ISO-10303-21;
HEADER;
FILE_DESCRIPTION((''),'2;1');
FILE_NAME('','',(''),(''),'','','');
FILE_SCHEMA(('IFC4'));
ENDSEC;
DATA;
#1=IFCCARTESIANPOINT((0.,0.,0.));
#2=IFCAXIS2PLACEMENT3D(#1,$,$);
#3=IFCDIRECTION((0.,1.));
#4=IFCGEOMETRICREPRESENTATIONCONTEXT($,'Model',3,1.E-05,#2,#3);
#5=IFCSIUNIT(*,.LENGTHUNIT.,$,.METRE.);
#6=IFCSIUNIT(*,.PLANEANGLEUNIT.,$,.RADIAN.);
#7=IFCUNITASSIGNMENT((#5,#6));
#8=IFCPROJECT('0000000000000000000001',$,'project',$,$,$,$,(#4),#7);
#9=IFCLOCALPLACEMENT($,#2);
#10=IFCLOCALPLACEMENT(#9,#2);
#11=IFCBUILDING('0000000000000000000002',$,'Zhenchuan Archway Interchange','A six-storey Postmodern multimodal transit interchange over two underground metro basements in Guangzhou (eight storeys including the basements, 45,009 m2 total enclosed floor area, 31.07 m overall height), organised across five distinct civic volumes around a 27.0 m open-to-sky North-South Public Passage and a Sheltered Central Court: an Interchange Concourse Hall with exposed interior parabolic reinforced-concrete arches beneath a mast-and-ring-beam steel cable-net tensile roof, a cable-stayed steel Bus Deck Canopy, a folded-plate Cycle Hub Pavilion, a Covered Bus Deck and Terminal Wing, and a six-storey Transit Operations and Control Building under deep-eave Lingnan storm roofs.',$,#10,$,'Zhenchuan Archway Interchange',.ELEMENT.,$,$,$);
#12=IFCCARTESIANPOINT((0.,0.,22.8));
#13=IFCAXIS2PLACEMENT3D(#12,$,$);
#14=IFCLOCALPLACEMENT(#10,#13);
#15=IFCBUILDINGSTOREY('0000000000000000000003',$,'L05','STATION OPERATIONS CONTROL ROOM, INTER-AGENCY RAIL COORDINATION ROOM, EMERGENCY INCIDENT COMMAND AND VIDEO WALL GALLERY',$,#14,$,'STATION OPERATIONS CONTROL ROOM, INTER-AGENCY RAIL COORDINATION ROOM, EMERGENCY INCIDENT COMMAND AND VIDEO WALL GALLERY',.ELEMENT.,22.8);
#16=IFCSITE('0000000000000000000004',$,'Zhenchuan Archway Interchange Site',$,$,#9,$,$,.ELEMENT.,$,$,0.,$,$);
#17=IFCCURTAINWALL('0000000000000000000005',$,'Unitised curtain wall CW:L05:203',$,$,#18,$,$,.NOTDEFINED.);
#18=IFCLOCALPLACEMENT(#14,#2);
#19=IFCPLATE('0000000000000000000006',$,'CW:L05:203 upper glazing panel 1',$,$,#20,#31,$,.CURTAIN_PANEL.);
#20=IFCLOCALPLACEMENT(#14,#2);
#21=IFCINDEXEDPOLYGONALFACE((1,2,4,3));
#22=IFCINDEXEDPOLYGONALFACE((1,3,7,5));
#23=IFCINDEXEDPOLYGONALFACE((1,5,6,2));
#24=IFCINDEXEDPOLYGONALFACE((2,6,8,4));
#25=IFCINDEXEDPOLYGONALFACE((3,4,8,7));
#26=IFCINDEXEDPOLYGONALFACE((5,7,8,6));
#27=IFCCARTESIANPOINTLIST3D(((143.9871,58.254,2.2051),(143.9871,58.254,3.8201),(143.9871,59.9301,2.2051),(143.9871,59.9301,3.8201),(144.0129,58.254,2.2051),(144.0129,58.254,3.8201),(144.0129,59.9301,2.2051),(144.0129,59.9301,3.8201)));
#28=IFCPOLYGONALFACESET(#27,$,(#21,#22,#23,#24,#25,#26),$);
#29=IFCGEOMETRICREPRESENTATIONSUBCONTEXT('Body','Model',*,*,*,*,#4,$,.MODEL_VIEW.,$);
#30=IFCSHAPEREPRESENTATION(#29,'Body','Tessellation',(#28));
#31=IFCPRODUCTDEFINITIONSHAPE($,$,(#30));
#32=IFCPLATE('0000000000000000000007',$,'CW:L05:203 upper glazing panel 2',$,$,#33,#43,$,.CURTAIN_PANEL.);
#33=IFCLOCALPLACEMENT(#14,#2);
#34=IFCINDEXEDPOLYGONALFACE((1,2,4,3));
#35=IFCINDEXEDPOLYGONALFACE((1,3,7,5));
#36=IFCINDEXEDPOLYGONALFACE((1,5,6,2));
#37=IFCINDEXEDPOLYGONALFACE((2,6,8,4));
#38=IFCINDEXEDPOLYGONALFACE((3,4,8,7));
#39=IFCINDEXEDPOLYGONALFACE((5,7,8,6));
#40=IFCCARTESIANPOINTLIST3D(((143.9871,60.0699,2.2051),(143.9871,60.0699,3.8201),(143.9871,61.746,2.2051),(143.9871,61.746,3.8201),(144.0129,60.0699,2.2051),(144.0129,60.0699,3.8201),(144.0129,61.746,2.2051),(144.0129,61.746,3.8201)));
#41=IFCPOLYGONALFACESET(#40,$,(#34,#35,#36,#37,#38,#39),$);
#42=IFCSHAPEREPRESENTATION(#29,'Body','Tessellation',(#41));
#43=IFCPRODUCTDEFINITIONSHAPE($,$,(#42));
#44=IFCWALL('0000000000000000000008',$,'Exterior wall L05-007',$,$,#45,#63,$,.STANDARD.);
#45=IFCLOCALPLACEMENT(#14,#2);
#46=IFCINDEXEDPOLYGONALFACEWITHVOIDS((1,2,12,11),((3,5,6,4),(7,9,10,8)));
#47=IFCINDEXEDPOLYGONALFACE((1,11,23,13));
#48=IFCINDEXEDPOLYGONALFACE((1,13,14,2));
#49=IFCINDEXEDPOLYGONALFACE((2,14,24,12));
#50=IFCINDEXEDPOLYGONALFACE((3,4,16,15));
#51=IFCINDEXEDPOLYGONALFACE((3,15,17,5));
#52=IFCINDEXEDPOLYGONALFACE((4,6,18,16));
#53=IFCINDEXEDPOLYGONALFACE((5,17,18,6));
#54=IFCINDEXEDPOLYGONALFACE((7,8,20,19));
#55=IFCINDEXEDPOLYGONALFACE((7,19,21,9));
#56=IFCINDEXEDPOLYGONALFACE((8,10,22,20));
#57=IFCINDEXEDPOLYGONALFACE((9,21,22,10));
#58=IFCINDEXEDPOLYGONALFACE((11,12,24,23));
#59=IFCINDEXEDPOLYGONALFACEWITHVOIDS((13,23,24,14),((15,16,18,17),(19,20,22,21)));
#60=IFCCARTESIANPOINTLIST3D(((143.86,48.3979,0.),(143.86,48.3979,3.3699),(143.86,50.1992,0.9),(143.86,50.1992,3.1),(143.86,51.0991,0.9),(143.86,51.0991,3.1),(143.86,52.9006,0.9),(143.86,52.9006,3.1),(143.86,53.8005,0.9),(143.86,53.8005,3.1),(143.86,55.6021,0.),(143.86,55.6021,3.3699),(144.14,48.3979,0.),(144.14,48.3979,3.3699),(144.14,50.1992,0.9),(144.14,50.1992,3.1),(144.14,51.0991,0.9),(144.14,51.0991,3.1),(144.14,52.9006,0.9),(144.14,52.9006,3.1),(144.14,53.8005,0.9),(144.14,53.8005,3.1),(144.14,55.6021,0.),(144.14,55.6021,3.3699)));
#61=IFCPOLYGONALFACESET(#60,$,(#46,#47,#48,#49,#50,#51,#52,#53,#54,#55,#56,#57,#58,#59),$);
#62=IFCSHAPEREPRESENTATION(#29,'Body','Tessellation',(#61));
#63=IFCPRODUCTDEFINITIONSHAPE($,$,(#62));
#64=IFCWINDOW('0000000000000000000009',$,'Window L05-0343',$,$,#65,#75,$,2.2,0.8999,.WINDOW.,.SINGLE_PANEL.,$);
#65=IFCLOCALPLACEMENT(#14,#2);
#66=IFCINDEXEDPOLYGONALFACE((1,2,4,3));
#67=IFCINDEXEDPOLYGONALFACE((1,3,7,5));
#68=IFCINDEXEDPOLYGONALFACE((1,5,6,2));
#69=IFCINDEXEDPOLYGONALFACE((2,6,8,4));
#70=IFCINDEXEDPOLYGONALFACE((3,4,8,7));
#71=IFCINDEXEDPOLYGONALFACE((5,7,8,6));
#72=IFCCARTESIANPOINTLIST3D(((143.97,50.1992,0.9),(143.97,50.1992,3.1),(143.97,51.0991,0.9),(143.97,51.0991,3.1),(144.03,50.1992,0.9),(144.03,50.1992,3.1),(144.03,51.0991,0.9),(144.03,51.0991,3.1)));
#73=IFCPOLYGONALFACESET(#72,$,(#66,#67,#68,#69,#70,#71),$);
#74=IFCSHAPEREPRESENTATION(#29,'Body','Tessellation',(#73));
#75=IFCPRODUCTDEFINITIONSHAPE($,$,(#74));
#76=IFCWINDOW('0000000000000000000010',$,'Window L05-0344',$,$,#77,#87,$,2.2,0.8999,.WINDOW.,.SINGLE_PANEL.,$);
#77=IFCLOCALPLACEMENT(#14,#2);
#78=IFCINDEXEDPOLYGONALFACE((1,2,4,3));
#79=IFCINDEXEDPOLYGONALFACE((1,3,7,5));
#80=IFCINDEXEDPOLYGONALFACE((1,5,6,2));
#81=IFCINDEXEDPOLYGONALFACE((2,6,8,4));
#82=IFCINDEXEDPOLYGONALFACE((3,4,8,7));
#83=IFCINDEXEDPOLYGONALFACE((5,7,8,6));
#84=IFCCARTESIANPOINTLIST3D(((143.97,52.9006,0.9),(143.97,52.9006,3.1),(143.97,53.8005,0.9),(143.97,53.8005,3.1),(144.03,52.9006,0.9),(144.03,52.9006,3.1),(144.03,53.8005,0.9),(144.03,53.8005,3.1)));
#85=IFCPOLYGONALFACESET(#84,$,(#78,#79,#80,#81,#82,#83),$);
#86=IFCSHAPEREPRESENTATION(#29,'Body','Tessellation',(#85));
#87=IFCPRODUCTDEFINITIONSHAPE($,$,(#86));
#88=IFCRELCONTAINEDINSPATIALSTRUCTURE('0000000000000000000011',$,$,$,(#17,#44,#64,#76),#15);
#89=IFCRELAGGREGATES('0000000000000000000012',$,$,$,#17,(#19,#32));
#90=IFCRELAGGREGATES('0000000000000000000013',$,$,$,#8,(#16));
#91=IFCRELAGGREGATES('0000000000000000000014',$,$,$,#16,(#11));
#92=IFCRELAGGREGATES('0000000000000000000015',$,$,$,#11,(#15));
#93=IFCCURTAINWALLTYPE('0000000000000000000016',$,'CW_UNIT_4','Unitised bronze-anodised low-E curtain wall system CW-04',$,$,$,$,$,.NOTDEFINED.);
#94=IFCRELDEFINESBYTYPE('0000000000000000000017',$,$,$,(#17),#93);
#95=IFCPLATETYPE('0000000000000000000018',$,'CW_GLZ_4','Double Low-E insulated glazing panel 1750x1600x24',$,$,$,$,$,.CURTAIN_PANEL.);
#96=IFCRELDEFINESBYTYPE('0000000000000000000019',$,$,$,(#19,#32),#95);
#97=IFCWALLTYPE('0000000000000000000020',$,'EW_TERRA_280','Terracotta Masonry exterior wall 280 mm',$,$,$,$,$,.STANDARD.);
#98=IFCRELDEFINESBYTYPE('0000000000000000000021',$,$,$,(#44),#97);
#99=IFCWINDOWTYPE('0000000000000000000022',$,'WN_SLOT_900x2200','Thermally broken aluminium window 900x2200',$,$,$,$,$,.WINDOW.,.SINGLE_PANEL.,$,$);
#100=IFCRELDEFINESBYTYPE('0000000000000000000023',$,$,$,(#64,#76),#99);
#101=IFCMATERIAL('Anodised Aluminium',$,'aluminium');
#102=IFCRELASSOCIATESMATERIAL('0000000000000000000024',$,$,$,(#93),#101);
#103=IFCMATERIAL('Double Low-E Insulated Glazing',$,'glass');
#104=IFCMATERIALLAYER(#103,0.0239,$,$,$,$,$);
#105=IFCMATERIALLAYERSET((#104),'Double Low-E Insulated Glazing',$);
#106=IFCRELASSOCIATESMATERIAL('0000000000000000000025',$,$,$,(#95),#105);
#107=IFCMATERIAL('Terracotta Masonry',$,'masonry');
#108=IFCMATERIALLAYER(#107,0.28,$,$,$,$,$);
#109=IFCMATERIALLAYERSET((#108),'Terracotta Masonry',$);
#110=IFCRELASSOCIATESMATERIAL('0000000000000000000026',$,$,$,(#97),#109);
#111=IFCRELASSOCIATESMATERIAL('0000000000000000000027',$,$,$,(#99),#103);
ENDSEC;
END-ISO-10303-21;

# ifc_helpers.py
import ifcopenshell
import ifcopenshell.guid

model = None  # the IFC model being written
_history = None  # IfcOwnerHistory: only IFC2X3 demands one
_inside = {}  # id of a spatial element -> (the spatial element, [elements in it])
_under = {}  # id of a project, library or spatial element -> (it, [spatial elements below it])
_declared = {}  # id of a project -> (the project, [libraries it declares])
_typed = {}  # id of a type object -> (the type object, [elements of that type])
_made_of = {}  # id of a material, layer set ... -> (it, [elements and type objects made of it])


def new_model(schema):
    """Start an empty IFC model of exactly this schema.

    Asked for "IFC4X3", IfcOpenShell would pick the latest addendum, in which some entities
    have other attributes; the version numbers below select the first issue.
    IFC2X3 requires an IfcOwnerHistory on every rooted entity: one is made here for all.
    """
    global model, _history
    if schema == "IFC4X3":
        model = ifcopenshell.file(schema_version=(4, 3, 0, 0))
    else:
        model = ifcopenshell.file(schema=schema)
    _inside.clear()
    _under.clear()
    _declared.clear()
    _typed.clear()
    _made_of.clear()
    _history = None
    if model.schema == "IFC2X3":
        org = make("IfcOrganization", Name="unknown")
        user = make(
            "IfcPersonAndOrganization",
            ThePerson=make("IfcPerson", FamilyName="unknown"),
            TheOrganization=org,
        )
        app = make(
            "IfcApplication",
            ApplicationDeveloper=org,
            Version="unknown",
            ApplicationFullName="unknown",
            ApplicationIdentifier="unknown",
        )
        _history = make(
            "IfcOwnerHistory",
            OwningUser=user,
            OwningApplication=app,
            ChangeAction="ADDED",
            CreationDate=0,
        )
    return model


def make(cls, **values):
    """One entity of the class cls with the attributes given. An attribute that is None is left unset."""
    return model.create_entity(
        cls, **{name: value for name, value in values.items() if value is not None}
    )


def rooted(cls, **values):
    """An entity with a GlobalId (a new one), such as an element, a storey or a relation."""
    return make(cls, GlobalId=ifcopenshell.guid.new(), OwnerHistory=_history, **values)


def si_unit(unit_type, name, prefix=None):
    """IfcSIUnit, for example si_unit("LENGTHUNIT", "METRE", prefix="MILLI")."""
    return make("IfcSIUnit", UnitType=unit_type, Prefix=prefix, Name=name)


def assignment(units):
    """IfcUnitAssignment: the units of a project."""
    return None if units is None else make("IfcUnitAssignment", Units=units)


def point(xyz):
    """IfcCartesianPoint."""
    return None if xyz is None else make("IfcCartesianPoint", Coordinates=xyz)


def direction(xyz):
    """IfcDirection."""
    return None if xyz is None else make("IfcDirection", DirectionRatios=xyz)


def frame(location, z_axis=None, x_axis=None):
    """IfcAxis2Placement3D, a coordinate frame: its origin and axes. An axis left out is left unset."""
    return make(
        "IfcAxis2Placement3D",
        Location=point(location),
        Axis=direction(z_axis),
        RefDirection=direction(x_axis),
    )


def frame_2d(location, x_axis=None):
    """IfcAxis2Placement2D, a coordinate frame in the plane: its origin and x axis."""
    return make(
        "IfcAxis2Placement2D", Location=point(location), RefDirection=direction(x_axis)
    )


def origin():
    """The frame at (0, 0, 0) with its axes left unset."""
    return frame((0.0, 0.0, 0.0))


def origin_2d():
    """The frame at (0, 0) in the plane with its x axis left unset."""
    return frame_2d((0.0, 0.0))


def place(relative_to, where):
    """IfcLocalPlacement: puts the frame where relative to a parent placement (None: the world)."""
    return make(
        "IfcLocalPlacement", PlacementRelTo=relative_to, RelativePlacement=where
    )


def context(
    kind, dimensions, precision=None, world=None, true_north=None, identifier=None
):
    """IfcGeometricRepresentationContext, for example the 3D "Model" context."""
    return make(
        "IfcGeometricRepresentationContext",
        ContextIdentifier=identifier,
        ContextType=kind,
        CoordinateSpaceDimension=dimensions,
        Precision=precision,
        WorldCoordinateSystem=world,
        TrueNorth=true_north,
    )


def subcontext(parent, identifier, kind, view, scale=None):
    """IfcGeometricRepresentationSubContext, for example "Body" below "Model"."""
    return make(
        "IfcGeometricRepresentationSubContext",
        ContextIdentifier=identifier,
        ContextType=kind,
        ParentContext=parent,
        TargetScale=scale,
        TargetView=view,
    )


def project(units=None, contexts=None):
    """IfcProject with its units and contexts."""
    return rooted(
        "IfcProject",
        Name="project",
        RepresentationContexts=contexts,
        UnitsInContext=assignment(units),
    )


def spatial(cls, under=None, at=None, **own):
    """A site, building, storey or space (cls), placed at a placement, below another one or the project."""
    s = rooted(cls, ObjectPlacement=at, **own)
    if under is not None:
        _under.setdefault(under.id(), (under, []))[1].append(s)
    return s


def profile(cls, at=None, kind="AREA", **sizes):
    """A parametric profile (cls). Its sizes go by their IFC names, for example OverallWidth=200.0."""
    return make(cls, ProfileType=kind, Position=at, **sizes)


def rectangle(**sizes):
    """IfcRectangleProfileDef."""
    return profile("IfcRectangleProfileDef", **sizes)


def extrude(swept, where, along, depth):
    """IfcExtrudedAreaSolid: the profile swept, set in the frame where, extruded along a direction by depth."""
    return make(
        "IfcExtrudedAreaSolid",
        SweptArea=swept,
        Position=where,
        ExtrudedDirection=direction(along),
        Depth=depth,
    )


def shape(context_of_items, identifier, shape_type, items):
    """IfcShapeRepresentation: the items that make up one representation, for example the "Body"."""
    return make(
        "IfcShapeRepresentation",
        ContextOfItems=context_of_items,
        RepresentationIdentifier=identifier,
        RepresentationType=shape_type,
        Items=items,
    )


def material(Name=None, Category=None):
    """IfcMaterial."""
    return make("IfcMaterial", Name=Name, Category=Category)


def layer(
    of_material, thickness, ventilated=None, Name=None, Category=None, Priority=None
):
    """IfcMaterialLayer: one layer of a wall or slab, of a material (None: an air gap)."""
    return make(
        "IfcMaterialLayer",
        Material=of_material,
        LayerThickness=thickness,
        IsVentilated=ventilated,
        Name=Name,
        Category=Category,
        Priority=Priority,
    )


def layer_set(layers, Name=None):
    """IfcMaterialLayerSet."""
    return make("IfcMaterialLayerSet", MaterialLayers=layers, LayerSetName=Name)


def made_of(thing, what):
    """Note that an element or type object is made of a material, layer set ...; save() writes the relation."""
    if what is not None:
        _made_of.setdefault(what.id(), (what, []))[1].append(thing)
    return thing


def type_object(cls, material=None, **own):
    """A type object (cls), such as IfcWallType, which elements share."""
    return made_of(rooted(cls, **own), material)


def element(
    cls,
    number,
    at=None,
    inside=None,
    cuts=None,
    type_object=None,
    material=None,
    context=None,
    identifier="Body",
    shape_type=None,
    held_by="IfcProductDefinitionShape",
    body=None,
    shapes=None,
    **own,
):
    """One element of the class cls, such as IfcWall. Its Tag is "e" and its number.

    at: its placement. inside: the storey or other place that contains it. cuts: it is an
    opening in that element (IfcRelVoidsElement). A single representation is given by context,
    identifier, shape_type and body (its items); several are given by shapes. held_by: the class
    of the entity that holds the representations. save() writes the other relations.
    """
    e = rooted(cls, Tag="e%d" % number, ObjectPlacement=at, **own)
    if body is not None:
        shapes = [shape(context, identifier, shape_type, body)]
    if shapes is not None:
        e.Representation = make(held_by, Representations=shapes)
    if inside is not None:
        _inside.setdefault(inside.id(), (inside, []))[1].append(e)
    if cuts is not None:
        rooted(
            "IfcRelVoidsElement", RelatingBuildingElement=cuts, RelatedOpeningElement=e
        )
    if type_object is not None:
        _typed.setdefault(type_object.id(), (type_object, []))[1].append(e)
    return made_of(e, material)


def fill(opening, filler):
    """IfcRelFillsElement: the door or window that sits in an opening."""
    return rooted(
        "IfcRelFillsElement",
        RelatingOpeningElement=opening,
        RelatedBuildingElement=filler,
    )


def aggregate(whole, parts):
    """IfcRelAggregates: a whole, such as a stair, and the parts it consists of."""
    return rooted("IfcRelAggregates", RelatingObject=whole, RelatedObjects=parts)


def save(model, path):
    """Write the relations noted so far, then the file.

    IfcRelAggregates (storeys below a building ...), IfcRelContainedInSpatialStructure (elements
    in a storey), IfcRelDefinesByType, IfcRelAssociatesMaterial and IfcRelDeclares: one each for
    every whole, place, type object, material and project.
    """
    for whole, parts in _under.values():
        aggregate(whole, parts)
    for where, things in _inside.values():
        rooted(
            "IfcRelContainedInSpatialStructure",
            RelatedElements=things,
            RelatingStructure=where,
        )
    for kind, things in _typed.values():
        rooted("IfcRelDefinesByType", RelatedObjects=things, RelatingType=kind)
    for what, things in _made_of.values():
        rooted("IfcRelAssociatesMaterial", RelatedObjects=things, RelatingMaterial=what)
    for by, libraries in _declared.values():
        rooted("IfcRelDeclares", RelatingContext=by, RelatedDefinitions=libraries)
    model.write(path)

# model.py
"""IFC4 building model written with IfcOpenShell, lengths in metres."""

from ifc_helpers import new_model, si_unit, direction, frame, frame_2d, origin, origin_2d, place, context, subcontext, project, spatial, rectangle, extrude, material, layer, layer_set, type_object, element, fill, aggregate, save


model = new_model("IFC4")

# Units and contexts
model_context = context("Model", 3, precision=1e-05, world=origin(), true_north=direction((0.0, 1.0)))
body_context = subcontext(model_context, "Body", "Model", "MODEL_VIEW")
ifc_project = project(units=[si_unit("LENGTHUNIT", "METRE"), si_unit("PLANEANGLEUNIT", "RADIAN")], contexts=[model_context])

# Site, building, storey
site_placement = place(None, origin())
site = spatial("IfcSite", under=ifc_project, at=site_placement, Name="Zhenchuan Archway Interchange Site", CompositionType="ELEMENT", RefElevation=0.0)
building_placement = place(site_placement, origin())
building = spatial("IfcBuilding", under=site, at=building_placement, Name="Zhenchuan Archway Interchange", Description="A six-storey Postmodern multimodal transit interchange over two underground metro basements in Guangzhou (eight storeys including the basements, 45,009 m2 total enclosed floor area, 31.07 m overall height), organised across five distinct civic volumes around a 27.0 m open-to-sky North-South Public Passage and a Sheltered Central Court: an Interchange Concourse Hall with exposed interior parabolic reinforced-concrete arches beneath a mast-and-ring-beam steel cable-net tensile roof, a cable-stayed steel Bus Deck Canopy, a folded-plate Cycle Hub Pavilion, a Covered Bus Deck and Terminal Wing, and a six-storey Transit Operations and Control Building under deep-eave Lingnan storm roofs.", LongName="Zhenchuan Archway Interchange", CompositionType="ELEMENT")
storey_placement = place(building_placement, frame((0.0, 0.0, 22.8)))
storey = spatial("IfcBuildingStorey", under=building, at=storey_placement, Name="L05", Description="STATION OPERATIONS CONTROL ROOM, INTER-AGENCY RAIL COORDINATION ROOM, EMERGENCY INCIDENT COMMAND AND VIDEO WALL GALLERY", LongName="STATION OPERATIONS CONTROL ROOM, INTER-AGENCY RAIL COORDINATION ROOM, EMERGENCY INCIDENT COMMAND AND VIDEO WALL GALLERY", CompositionType="ELEMENT", Elevation=22.8)

# Curtain wall, plates
ifc_material_1 = material(Name="Anodised Aluminium", Category="aluminium")
curtain_wall_type = type_object("IfcCurtainWallType", Name="CW_UNIT_4", Description="Unitised bronze-anodised low-E curtain wall system CW-04", PredefinedType="NOTDEFINED", material=ifc_material_1)
curtain_wall_placement = place(storey_placement, origin())
curtain_wall = element("IfcCurtainWall", 1, at=curtain_wall_placement, inside=storey, type_object=curtain_wall_type, Name="Unitised curtain wall CW:L05:203", PredefinedType="NOTDEFINED")
ifc_material_2 = material(Name="Double Low-E Insulated Glazing", Category="glass")
ifc_layer_1 = layer(ifc_material_2, 0.0239)
ifc_layer_set_1 = layer_set([ifc_layer_1], Name="Double Low-E Insulated Glazing")
plate_type_1 = type_object("IfcPlateType", Name="CW_GLZ_4", Description="Double Low-E insulated glazing panel 1750x1600x24", PredefinedType="CURTAIN_PANEL", material=ifc_layer_set_1)
plate_1_placement = place(storey_placement, frame((144.0, 59.092, 2.2051), z_axis=(0.0, 0.0, 1.0), x_axis=(0.0, 1.0, 0.0)))
plate_1 = element("IfcPlate", 2, at=plate_1_placement, type_object=plate_type_1, Name="CW:L05:203 upper glazing panel 1", PredefinedType="CURTAIN_PANEL", context=body_context, shape_type="SweptSolid", body=[
    extrude(rectangle(XDim=1.676, YDim=0.0259, at=origin_2d()), origin(), (0.0, 0.0, 1.0), 1.615),
])
plate_2_placement = place(storey_placement, frame((144.0, 60.908, 2.2051), z_axis=(0.0, 0.0, 1.0), x_axis=(0.0, 1.0, 0.0)))
plate_2 = element("IfcPlate", 3, at=plate_2_placement, type_object=plate_type_1, Name="CW:L05:203 upper glazing panel 2", PredefinedType="CURTAIN_PANEL", context=body_context, shape_type="SweptSolid", body=[
    extrude(rectangle(XDim=1.676, YDim=0.0259, at=origin_2d()), origin(), (0.0, 0.0, 1.0), 1.615),
])
aggregate(curtain_wall, [plate_1, plate_2])

# Wall, openings, windows
ifc_material_3 = material(Name="Terracotta Masonry", Category="masonry")
ifc_layer_2 = layer(ifc_material_3, 0.28)
ifc_layer_set_2 = layer_set([ifc_layer_2], Name="Terracotta Masonry")
wall_type = type_object("IfcWallType", Name="EW_TERRA_280", Description="Terracotta Masonry exterior wall 280 mm", PredefinedType="STANDARD", material=ifc_layer_set_2)
wall_placement = place(storey_placement, frame((144.0, 48.3979, 0.0), z_axis=(0.0, 0.0, 1.0), x_axis=(0.0, 1.0, 0.0)))
wall = element("IfcWall", 4, at=wall_placement, inside=storey, type_object=wall_type, Name="Exterior wall L05-007", PredefinedType="STANDARD", context=body_context, shape_type="SweptSolid", body=[
    extrude(rectangle(XDim=7.2041, YDim=0.28, at=frame_2d((3.6021, 0.0))), origin(), (0.0, 0.0, 1.0), 3.3699),
])
opening_1_placement = place(wall_placement, frame((1.8013, 0.0, 0.8999)))
opening_1 = element("IfcOpeningElement", 5, at=opening_1_placement, cuts=wall, PredefinedType="OPENING", context=body_context, shape_type="SweptSolid", body=[
    extrude(rectangle(XDim=0.8999, YDim=2.2, at=frame_2d((0.45, 1.1001))), frame((0.0, 0.1519, 0.0), z_axis=(0.0, -1.0, 0.0), x_axis=(1.0, 0.0, 0.0)), (0.0, 0.0, 1.0), 0.304),
])
opening_2_placement = place(wall_placement, frame((4.5027, 0.0, 0.8999)))
opening_2 = element("IfcOpeningElement", 6, at=opening_2_placement, cuts=wall, PredefinedType="OPENING", context=body_context, shape_type="SweptSolid", body=[
    extrude(rectangle(XDim=0.8999, YDim=2.2, at=frame_2d((0.45, 1.1001))), frame((0.0, 0.1519, 0.0), z_axis=(0.0, -1.0, 0.0), x_axis=(1.0, 0.0, 0.0)), (0.0, 0.0, 1.0), 0.304),
])
window_type = type_object("IfcWindowType", Name="WN_SLOT_900x2200", Description="Thermally broken aluminium window 900x2200", PartitioningType="SINGLE_PANEL", PredefinedType="WINDOW", material=ifc_material_2)
window_1_placement = place(opening_1_placement, origin())
window_1 = element("IfcWindow", 7, at=window_1_placement, inside=storey, type_object=window_type, Name="Window L05-0343", OverallHeight=2.2, OverallWidth=0.8999, PartitioningType="SINGLE_PANEL", PredefinedType="WINDOW", context=body_context, shape_type="SweptSolid", body=[
    extrude(rectangle(XDim=0.8999, YDim=2.2, at=frame_2d((0.45, 1.1001))), frame((0.0, 0.03, 0.0), z_axis=(0.0, -1.0, 0.0), x_axis=(1.0, 0.0, 0.0)), (0.0, 0.0, 1.0), 0.0601),
])
fill(opening_1, window_1)
window_2_placement = place(opening_2_placement, origin())
window_2 = element("IfcWindow", 8, at=window_2_placement, inside=storey, type_object=window_type, Name="Window L05-0344", OverallHeight=2.2, OverallWidth=0.8999, PartitioningType="SINGLE_PANEL", PredefinedType="WINDOW", context=body_context, shape_type="SweptSolid", body=[
    extrude(rectangle(XDim=0.8999, YDim=2.2, at=frame_2d((0.45, 1.1001))), frame((0.0, 0.03, 0.0), z_axis=(0.0, -1.0, 0.0), x_axis=(1.0, 0.0, 0.0)), (0.0, 0.0, 1.0), 0.0601),
])
fill(opening_2, window_2)

save(model, "model.ifc")
